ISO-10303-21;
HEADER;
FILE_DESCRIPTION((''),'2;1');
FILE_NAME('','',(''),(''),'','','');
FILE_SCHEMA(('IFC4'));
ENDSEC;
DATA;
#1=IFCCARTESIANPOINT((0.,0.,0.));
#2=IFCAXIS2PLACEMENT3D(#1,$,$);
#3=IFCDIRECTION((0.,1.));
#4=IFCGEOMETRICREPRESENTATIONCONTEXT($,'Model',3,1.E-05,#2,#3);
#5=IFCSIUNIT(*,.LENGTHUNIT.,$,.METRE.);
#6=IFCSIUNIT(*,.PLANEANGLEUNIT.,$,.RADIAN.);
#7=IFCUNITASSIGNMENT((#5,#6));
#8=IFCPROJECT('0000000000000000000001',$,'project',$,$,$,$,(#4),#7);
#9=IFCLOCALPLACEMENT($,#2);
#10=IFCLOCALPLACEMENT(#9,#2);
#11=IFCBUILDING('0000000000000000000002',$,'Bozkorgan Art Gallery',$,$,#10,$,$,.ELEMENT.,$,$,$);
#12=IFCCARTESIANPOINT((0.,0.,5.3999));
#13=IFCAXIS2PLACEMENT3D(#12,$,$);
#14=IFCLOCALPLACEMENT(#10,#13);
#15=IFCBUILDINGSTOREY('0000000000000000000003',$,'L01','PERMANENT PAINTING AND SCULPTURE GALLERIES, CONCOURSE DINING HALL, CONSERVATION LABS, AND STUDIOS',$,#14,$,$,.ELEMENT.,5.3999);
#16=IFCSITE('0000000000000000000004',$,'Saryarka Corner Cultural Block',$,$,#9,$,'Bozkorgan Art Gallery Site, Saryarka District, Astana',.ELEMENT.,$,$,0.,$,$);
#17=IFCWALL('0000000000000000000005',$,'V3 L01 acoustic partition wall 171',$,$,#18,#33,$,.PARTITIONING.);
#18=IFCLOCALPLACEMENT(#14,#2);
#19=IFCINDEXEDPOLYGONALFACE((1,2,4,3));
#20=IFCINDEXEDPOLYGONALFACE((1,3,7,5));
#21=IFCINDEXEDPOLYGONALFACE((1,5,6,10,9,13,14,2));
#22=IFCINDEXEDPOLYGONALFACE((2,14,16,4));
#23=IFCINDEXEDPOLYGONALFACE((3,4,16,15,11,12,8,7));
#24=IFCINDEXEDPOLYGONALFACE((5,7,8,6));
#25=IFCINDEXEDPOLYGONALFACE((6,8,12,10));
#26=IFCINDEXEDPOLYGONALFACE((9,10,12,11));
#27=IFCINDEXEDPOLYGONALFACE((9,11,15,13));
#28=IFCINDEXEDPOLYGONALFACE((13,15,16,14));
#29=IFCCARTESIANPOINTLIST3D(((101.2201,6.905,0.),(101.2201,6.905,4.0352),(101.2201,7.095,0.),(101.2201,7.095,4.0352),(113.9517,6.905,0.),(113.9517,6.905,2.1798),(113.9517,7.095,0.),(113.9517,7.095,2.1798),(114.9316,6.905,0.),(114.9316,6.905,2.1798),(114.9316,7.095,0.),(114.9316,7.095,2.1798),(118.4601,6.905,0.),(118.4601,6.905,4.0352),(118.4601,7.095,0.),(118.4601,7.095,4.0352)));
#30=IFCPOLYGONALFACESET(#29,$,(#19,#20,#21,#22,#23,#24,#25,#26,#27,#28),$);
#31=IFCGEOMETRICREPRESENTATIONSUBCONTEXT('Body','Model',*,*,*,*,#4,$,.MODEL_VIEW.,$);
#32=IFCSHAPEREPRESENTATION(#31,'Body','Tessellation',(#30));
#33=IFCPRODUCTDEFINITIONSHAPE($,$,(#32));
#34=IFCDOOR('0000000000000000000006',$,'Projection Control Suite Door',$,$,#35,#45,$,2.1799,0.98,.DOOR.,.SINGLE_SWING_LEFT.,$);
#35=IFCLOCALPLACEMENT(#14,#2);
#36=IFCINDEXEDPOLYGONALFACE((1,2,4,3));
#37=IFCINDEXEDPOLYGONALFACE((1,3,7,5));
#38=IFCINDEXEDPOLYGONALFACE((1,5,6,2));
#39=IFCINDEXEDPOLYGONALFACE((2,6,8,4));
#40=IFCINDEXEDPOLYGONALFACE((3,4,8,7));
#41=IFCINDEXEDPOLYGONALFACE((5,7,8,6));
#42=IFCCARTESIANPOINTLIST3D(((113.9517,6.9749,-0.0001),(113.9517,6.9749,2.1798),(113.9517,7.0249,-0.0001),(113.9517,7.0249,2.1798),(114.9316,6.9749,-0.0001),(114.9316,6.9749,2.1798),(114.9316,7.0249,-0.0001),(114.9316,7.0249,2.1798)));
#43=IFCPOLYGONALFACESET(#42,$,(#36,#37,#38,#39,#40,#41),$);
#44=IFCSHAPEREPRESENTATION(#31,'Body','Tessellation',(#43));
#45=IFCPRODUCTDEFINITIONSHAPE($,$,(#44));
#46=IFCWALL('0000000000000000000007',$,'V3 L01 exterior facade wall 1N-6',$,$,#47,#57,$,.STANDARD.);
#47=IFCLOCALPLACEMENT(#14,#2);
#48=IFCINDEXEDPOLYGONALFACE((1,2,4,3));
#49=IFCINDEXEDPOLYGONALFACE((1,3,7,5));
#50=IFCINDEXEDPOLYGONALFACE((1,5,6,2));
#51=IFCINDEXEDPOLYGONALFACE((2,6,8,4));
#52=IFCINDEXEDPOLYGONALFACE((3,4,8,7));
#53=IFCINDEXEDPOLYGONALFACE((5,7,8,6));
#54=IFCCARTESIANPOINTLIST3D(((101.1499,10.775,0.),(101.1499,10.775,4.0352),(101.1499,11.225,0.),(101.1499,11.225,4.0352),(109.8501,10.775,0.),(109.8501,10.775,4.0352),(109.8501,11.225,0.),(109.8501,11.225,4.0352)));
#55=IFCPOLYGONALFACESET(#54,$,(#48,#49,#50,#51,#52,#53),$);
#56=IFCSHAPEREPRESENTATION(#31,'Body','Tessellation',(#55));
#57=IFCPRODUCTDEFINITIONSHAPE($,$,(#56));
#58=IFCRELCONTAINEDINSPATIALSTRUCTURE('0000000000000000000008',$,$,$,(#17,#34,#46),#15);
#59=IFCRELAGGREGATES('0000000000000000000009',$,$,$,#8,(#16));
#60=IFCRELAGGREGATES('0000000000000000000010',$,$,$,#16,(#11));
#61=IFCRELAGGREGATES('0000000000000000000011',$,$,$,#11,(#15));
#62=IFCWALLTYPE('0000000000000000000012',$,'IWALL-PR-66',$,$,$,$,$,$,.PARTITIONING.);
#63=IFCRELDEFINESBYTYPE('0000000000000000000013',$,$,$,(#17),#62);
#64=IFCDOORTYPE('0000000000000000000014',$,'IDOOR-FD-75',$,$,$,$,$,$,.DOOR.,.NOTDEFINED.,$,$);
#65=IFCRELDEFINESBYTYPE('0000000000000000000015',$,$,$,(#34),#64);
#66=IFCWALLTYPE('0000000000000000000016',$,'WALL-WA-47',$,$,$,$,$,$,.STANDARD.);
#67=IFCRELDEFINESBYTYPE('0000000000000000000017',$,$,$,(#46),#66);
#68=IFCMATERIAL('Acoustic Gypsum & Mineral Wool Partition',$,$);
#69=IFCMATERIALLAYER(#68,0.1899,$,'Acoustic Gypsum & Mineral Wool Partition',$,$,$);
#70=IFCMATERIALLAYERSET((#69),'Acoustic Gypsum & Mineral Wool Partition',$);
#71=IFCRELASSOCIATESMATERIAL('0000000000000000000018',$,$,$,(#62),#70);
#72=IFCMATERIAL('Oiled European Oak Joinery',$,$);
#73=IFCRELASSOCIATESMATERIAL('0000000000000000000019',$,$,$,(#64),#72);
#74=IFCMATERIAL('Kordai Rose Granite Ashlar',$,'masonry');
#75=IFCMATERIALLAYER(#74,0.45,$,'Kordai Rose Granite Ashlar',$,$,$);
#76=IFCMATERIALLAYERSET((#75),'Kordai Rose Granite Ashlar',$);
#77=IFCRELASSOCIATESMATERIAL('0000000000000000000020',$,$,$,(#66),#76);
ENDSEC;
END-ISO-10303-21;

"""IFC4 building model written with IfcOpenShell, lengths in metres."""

from ifc_helpers import new_model, si_unit, direction, frame, frame_2d, origin, place, context, subcontext, project, spatial, rectangle, extrude, material, layer, layer_set, type_object, element, fill, save


model = new_model("IFC4")

# Units and contexts
model_context = context("Model", 3, precision=1e-05, world=origin(), true_north=direction((0.0, 1.0)))
body_context = subcontext(model_context, "Body", "Model", "MODEL_VIEW")
ifc_project = project(units=[si_unit("LENGTHUNIT", "METRE"), si_unit("PLANEANGLEUNIT", "RADIAN")], contexts=[model_context])

# Site, building, storey
site_placement = place(None, origin())
site = spatial("IfcSite", under=ifc_project, at=site_placement, Name="Saryarka Corner Cultural Block", LongName="Bozkorgan Art Gallery Site, Saryarka District, Astana", CompositionType="ELEMENT", RefElevation=0.0)
building_placement = place(site_placement, origin())
building = spatial("IfcBuilding", under=site, at=building_placement, Name="Bozkorgan Art Gallery", CompositionType="ELEMENT")
storey_placement = place(building_placement, frame((0.0, 0.0, 5.3999)))
storey = spatial("IfcBuildingStorey", under=building, at=storey_placement, Name="L01", Description="PERMANENT PAINTING AND SCULPTURE GALLERIES, CONCOURSE DINING HALL, CONSERVATION LABS, AND STUDIOS", CompositionType="ELEMENT", Elevation=5.3999)

# Wall, opening, door
ifc_material_1 = material(Name="Acoustic Gypsum & Mineral Wool Partition")
ifc_layer_1 = layer(ifc_material_1, 0.1899, Name="Acoustic Gypsum & Mineral Wool Partition")
ifc_layer_set_1 = layer_set([ifc_layer_1], Name="Acoustic Gypsum & Mineral Wool Partition")
wall_type_1 = type_object("IfcWallType", Name="IWALL-PR-66", PredefinedType="PARTITIONING", material=ifc_layer_set_1)
wall_1_placement = place(storey_placement, frame((101.22, 7.0, 0.0), z_axis=(0.0, 0.0, 1.0), x_axis=(1.0, 0.0, 0.0)))
wall_1 = element("IfcWall", 1, at=wall_1_placement, inside=storey, type_object=wall_type_1, Name="V3 L01 acoustic partition wall 171", PredefinedType="PARTITIONING", context=body_context, shape_type="SweptSolid", body=[
    extrude(rectangle(XDim=17.24, YDim=0.1899, at=frame_2d((8.6201, 0.0))), origin(), (0.0, 0.0, 1.0), 4.0352),
])
opening_placement = place(wall_1_placement, frame((12.7317, 0.0, 0.0)))
opening = element("IfcOpeningElement", 2, at=opening_placement, cuts=wall_1, PredefinedType="OPENING", context=body_context, shape_type="SweptSolid", body=[
    extrude(rectangle(XDim=0.98, YDim=2.1799, at=frame_2d((0.49, 1.0898))), frame((0.0, 0.105, 0.0), z_axis=(0.0, -1.0, 0.0), x_axis=(1.0, 0.0, 0.0)), (0.0, 0.0, 1.0), 0.21),
])
ifc_material_2 = material(Name="Oiled European Oak Joinery")
door_type = type_object("IfcDoorType", Name="IDOOR-FD-75", OperationType="NOTDEFINED", PredefinedType="DOOR", material=ifc_material_2)
door_placement = place(opening_placement, origin())
door = element("IfcDoor", 3, at=door_placement, inside=storey, type_object=door_type, Name="Projection Control Suite Door", OperationType="SINGLE_SWING_LEFT", OverallHeight=2.1799, OverallWidth=0.98, PredefinedType="DOOR", context=body_context, shape_type="SweptSolid", body=[
    extrude(rectangle(XDim=0.98, YDim=2.1799, at=frame_2d((0.49, 1.0898))), frame((0.0, 0.0249, 0.0), z_axis=(0.0, -1.0, 0.0), x_axis=(1.0, 0.0, 0.0)), (0.0, 0.0, 1.0), 0.05),
])
fill(opening, door)

# Wall
ifc_material_3 = material(Name="Kordai Rose Granite Ashlar", Category="masonry")
ifc_layer_2 = layer(ifc_material_3, 0.45, Name="Kordai Rose Granite Ashlar")
ifc_layer_set_2 = layer_set([ifc_layer_2], Name="Kordai Rose Granite Ashlar")
wall_type_2 = type_object("IfcWallType", Name="WALL-WA-47", PredefinedType="STANDARD", material=ifc_layer_set_2)
wall_2_placement = place(storey_placement, frame((101.1499, 11.0, 0.0), z_axis=(0.0, 0.0, 1.0), x_axis=(1.0, 0.0, 0.0)))
element("IfcWall", 4, at=wall_2_placement, inside=storey, type_object=wall_type_2, Name="V3 L01 exterior facade wall 1N-6", PredefinedType="STANDARD", context=body_context, shape_type="SweptSolid", body=[
    extrude(rectangle(XDim=8.7002, YDim=0.45, at=frame_2d((4.3501, 0.0))), origin(), (0.0, 0.0, 1.0), 4.0352),
])

save(model, "model.ifc")
